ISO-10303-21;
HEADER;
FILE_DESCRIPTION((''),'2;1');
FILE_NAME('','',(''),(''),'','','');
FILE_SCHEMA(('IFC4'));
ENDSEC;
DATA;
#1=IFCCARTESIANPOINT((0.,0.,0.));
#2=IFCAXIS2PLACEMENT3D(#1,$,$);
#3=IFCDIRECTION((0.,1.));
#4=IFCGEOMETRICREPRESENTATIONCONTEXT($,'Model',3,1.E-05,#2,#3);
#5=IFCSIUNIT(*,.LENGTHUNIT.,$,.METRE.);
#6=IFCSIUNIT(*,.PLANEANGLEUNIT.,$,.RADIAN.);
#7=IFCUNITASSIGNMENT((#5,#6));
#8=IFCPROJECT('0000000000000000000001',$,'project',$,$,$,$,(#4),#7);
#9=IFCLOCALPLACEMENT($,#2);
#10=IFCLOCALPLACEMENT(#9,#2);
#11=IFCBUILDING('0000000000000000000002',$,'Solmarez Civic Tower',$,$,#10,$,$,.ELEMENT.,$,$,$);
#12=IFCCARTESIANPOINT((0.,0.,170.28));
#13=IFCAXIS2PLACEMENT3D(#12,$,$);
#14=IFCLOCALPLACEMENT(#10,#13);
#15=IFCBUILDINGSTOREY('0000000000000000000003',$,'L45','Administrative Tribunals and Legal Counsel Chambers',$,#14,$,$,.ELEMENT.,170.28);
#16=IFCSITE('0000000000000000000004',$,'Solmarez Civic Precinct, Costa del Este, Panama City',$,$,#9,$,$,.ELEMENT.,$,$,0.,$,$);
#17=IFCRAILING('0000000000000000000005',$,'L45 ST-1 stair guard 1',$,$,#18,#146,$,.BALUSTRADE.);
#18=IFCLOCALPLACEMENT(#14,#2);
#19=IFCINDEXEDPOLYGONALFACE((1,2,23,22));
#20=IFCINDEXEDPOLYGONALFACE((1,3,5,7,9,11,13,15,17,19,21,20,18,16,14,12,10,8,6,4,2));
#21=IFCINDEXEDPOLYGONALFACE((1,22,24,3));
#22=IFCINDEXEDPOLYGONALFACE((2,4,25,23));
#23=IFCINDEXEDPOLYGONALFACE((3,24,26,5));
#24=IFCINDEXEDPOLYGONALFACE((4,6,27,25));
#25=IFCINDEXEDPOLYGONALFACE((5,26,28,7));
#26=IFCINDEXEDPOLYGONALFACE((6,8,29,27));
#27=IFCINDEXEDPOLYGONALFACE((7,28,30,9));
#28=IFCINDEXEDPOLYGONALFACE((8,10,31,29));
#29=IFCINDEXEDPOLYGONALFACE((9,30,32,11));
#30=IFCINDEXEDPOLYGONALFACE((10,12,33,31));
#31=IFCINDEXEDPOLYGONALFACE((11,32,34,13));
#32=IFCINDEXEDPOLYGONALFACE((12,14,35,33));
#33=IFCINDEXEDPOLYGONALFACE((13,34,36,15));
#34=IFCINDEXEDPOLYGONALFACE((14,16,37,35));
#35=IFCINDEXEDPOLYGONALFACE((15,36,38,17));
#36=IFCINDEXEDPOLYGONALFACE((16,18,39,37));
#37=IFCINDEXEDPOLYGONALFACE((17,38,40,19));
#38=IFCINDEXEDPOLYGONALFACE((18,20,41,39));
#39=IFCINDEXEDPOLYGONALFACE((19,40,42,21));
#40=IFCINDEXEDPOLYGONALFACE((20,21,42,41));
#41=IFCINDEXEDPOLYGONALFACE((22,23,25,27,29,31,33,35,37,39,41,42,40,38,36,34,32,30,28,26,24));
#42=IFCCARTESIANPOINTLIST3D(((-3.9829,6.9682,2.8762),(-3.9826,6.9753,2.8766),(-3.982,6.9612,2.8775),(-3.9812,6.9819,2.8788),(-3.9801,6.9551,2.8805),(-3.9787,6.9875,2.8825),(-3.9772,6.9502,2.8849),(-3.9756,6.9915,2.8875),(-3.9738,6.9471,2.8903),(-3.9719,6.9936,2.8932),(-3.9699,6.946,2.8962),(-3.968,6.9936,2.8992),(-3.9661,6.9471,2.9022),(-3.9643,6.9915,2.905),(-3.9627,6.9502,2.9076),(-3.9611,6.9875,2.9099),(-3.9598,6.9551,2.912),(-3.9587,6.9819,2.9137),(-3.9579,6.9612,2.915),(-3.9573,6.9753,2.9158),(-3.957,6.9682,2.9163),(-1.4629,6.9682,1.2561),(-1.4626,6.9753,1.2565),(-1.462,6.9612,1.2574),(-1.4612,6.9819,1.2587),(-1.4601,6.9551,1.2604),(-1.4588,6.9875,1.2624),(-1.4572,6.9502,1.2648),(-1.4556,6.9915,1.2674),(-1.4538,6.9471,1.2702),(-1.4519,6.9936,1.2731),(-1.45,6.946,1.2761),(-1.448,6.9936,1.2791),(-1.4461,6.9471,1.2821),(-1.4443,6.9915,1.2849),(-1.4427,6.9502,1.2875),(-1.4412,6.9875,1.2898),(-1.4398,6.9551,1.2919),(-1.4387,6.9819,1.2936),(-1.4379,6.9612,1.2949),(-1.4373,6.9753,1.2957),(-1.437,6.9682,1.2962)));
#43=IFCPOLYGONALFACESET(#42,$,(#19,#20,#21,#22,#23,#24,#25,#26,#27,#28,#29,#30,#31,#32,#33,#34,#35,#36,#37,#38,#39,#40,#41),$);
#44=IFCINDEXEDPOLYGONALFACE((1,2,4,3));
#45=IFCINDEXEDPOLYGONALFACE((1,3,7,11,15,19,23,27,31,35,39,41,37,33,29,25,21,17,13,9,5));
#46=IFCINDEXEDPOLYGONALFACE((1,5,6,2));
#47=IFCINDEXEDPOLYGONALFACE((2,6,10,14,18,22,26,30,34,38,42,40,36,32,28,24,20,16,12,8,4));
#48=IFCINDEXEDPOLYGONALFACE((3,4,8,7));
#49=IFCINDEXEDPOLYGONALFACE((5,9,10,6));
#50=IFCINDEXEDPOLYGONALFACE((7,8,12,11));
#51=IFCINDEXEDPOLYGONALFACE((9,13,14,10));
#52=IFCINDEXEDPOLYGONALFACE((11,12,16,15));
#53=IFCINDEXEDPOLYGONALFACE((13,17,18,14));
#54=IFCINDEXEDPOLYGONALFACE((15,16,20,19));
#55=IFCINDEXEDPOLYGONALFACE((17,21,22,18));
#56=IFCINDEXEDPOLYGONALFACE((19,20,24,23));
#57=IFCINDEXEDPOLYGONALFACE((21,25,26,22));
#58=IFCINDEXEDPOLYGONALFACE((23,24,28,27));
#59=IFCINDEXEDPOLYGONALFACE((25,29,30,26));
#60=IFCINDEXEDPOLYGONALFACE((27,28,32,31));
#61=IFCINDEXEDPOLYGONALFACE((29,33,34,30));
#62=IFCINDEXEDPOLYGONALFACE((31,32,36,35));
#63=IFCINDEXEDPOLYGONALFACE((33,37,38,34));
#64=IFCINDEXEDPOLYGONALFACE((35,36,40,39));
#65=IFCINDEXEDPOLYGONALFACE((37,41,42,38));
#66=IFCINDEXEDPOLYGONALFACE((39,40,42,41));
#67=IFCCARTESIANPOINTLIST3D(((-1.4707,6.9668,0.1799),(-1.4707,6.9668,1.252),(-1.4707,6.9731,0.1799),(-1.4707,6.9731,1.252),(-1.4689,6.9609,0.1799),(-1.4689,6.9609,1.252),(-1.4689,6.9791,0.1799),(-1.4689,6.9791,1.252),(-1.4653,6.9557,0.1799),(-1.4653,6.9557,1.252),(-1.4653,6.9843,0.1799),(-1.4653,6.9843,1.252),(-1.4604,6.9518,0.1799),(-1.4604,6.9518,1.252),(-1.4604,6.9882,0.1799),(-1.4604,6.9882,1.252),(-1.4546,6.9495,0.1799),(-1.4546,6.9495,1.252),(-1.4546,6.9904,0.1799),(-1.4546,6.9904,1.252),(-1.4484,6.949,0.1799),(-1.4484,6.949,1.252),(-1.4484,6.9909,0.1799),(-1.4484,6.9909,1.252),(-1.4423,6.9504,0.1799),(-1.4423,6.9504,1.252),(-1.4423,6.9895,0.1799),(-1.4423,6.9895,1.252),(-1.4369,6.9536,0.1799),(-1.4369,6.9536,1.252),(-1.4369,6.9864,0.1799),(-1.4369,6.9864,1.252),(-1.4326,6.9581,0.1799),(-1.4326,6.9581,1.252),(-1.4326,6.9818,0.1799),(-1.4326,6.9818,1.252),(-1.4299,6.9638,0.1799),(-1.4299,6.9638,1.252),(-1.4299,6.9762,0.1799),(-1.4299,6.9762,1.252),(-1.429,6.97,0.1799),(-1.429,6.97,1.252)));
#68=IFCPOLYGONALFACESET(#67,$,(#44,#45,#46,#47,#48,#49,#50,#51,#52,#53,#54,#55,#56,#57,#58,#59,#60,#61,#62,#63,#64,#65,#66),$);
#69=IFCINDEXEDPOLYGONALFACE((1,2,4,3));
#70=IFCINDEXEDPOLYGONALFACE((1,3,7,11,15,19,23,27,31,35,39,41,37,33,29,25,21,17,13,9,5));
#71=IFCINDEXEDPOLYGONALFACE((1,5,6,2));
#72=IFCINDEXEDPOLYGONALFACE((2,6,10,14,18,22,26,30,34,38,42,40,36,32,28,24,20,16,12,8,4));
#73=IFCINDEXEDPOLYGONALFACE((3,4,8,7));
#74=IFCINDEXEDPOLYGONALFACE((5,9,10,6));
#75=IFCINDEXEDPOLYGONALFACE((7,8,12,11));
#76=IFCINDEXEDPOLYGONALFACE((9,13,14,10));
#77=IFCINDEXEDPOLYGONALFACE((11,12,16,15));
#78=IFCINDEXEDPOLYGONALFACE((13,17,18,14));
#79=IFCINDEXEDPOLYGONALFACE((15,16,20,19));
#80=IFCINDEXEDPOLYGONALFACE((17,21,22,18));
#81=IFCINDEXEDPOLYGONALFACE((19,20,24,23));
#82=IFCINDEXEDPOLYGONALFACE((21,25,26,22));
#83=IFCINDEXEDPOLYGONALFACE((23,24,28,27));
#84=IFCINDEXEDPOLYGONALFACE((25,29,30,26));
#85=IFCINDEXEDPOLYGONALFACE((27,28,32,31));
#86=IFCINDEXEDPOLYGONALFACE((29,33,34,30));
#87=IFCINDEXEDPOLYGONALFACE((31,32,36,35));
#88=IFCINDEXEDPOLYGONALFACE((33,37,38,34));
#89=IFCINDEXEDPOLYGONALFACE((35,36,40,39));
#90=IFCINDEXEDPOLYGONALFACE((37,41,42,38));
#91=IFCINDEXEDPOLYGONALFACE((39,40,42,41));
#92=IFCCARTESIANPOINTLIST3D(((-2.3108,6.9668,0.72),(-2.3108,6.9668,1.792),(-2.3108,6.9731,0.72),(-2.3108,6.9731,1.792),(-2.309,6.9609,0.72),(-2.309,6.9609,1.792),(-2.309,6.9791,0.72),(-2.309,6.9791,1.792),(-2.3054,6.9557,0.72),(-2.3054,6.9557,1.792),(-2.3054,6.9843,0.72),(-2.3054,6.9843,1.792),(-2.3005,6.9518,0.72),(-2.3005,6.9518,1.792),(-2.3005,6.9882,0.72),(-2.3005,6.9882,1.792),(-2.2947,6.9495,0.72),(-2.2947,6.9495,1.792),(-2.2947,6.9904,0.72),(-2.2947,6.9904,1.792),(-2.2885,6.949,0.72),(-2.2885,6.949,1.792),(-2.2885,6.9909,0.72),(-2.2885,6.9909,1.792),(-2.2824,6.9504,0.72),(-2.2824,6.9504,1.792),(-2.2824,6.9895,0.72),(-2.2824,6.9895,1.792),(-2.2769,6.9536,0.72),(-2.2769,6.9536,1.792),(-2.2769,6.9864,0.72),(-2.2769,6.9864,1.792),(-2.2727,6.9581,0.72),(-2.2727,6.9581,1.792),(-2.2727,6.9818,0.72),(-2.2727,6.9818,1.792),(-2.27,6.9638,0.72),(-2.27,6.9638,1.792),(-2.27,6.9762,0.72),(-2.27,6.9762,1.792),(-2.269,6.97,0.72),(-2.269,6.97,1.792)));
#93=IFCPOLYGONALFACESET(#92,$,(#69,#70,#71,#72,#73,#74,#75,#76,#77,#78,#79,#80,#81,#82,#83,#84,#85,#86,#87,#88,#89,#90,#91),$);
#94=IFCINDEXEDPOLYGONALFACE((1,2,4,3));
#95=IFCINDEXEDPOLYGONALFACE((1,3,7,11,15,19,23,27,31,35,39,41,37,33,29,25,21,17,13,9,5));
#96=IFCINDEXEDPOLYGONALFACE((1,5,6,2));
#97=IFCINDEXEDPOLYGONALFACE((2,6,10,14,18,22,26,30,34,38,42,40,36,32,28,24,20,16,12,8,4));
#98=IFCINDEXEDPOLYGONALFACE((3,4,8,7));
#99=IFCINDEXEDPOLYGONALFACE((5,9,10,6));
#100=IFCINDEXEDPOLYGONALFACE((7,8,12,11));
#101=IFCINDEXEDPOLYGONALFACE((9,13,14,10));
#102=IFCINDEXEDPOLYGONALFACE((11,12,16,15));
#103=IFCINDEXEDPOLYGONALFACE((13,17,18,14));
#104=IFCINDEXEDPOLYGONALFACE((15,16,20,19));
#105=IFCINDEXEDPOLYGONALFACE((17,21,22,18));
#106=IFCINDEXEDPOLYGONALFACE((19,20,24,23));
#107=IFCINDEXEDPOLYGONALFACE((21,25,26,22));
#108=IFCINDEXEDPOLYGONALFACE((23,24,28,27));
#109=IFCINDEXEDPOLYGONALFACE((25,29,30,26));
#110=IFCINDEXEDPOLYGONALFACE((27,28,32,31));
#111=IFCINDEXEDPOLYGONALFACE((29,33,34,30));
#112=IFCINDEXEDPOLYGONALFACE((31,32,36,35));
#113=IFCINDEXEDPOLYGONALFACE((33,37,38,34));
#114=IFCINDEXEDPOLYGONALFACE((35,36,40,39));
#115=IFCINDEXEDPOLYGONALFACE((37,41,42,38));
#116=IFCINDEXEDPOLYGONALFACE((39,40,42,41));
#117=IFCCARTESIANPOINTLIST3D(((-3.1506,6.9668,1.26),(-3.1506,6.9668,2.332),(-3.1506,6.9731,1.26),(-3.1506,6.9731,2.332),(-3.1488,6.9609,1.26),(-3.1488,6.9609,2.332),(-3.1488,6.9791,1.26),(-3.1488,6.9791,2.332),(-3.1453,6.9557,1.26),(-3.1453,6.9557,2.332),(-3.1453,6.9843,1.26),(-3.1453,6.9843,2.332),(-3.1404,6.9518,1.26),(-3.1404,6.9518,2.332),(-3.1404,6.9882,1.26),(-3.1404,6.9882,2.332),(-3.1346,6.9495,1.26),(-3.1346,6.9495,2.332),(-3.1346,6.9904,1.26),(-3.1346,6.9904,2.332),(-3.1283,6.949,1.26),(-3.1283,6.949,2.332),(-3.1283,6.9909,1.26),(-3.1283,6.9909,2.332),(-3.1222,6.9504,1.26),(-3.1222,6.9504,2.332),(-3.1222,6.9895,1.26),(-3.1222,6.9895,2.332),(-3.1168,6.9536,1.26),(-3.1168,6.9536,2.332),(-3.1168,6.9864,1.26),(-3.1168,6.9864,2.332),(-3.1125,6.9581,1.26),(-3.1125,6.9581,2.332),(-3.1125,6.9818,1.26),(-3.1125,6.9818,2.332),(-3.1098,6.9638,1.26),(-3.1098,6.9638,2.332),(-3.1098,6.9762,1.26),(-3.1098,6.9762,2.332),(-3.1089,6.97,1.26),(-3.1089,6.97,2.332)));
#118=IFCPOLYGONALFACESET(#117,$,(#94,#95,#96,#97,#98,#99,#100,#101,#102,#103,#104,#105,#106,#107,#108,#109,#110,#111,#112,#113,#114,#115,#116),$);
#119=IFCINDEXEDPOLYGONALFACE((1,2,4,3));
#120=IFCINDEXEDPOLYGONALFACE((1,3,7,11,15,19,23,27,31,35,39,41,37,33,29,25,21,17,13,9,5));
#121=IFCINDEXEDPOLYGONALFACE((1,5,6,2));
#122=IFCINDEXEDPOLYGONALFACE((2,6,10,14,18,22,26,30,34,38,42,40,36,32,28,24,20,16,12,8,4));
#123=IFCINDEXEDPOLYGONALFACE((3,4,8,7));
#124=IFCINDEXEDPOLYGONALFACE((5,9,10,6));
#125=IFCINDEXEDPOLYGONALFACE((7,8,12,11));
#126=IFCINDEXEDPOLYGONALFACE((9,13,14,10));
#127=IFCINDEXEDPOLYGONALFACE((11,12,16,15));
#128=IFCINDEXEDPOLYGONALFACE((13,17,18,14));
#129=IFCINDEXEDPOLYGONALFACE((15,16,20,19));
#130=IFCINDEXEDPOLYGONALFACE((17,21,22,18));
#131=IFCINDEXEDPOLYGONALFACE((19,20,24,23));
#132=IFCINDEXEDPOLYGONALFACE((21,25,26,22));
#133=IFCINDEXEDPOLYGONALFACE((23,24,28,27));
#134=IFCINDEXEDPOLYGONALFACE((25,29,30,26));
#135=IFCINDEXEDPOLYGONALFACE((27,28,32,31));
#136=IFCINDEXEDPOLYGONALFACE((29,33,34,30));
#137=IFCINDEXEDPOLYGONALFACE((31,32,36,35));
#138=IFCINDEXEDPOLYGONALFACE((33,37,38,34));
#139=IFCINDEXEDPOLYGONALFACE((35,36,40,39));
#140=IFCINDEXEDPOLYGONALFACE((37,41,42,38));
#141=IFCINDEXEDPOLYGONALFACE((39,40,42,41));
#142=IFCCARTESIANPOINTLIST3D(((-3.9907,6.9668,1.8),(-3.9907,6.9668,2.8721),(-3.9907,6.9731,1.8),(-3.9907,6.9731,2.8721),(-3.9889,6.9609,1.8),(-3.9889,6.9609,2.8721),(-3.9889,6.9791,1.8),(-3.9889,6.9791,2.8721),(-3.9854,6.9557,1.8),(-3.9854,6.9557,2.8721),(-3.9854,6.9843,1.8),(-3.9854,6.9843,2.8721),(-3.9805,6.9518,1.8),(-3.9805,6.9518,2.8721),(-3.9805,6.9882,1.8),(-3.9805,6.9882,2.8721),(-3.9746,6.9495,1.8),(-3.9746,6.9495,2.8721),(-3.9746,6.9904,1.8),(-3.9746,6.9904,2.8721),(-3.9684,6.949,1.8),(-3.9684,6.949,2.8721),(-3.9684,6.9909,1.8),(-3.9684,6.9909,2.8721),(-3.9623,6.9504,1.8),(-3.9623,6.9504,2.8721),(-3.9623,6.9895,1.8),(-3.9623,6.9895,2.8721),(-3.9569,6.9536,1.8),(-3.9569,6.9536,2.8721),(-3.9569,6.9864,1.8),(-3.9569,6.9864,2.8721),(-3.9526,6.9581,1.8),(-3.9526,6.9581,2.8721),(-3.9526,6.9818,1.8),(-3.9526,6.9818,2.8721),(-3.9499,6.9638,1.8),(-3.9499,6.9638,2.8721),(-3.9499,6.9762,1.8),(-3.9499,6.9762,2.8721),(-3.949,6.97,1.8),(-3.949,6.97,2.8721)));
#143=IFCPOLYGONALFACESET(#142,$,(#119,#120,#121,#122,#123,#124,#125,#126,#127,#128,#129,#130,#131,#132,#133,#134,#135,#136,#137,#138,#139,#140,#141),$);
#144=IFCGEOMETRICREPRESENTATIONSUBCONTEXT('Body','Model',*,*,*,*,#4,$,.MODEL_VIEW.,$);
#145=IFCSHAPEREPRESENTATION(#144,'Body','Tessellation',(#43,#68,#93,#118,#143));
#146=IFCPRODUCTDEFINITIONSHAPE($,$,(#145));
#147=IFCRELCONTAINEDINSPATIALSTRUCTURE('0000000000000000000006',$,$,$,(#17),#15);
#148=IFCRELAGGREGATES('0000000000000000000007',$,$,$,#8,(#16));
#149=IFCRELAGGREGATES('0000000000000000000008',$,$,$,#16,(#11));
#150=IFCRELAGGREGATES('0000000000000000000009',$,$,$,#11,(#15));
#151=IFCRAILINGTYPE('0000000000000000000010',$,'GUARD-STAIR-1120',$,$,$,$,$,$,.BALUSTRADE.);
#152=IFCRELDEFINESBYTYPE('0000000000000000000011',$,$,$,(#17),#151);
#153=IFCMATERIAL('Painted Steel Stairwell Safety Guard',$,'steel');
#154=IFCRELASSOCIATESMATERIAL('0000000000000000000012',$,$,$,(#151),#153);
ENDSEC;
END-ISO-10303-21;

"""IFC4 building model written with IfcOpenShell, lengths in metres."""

from ifc_helpers import new_model, si_unit, direction, frame, origin, origin_2d, place, context, subcontext, project, spatial, circle, extrude, material, type_object, element, save


model = new_model("IFC4")

# Units and contexts
model_context = context("Model", 3, precision=1e-05, world=origin(), true_north=direction((0.0, 1.0)))
body_context = subcontext(model_context, "Body", "Model", "MODEL_VIEW")
ifc_project = project(units=[si_unit("LENGTHUNIT", "METRE"), si_unit("PLANEANGLEUNIT", "RADIAN")], contexts=[model_context])

# Site, building, storey
site_placement = place(None, origin())
site = spatial("IfcSite", under=ifc_project, at=site_placement, Name="Solmarez Civic Precinct, Costa del Este, Panama City", CompositionType="ELEMENT", RefElevation=0.0)
building_placement = place(site_placement, origin())
building = spatial("IfcBuilding", under=site, at=building_placement, Name="Solmarez Civic Tower", CompositionType="ELEMENT")
storey_placement = place(building_placement, frame((0.0, 0.0, 170.28)))
storey = spatial("IfcBuildingStorey", under=building, at=storey_placement, Name="L45", Description="Administrative Tribunals and Legal Counsel Chambers", CompositionType="ELEMENT", Elevation=170.28)

# Railing
ifc_material_1 = material(Name="Painted Steel Stairwell Safety Guard", Category="steel")
railing_type_1 = type_object("IfcRailingType", Name="GUARD-STAIR-1120", PredefinedType="BALUSTRADE", material=ifc_material_1)
railing_1_placement = place(storey_placement, frame((-1.45, 6.97, 0.1799)))
element("IfcRailing", 1, at=railing_1_placement, inside=storey, type_object=railing_type_1, Name="L45 ST-1 stair guard 1", PredefinedType="BALUSTRADE", context=body_context, shape_type="SweptSolid", body=[
    extrude(circle(Radius=0.0239, at=origin_2d()), frame((0.0, 0.0, 1.0962), z_axis=(-0.841163, 0.0, 0.540782), x_axis=(0.0, -1.0, 0.0)), (0.0, 0.0, 1.0), 2.9958),
    extrude(circle(Radius=0.021, at=origin_2d()), origin(), (0.0, 0.0, 1.0), 1.072),
    extrude(circle(Radius=0.021, at=origin_2d()), frame((-0.8401, 0.0, 0.54)), (0.0, 0.0, 1.0), 1.072),
    extrude(circle(Radius=0.021, at=origin_2d()), frame((-1.6799, 0.0, 1.0801)), (0.0, 0.0, 1.0), 1.072),
    extrude(circle(Radius=0.021, at=origin_2d()), frame((-2.52, 0.0, 1.6201)), (0.0, 0.0, 1.0), 1.072),
])

save(model, "model.ifc")
